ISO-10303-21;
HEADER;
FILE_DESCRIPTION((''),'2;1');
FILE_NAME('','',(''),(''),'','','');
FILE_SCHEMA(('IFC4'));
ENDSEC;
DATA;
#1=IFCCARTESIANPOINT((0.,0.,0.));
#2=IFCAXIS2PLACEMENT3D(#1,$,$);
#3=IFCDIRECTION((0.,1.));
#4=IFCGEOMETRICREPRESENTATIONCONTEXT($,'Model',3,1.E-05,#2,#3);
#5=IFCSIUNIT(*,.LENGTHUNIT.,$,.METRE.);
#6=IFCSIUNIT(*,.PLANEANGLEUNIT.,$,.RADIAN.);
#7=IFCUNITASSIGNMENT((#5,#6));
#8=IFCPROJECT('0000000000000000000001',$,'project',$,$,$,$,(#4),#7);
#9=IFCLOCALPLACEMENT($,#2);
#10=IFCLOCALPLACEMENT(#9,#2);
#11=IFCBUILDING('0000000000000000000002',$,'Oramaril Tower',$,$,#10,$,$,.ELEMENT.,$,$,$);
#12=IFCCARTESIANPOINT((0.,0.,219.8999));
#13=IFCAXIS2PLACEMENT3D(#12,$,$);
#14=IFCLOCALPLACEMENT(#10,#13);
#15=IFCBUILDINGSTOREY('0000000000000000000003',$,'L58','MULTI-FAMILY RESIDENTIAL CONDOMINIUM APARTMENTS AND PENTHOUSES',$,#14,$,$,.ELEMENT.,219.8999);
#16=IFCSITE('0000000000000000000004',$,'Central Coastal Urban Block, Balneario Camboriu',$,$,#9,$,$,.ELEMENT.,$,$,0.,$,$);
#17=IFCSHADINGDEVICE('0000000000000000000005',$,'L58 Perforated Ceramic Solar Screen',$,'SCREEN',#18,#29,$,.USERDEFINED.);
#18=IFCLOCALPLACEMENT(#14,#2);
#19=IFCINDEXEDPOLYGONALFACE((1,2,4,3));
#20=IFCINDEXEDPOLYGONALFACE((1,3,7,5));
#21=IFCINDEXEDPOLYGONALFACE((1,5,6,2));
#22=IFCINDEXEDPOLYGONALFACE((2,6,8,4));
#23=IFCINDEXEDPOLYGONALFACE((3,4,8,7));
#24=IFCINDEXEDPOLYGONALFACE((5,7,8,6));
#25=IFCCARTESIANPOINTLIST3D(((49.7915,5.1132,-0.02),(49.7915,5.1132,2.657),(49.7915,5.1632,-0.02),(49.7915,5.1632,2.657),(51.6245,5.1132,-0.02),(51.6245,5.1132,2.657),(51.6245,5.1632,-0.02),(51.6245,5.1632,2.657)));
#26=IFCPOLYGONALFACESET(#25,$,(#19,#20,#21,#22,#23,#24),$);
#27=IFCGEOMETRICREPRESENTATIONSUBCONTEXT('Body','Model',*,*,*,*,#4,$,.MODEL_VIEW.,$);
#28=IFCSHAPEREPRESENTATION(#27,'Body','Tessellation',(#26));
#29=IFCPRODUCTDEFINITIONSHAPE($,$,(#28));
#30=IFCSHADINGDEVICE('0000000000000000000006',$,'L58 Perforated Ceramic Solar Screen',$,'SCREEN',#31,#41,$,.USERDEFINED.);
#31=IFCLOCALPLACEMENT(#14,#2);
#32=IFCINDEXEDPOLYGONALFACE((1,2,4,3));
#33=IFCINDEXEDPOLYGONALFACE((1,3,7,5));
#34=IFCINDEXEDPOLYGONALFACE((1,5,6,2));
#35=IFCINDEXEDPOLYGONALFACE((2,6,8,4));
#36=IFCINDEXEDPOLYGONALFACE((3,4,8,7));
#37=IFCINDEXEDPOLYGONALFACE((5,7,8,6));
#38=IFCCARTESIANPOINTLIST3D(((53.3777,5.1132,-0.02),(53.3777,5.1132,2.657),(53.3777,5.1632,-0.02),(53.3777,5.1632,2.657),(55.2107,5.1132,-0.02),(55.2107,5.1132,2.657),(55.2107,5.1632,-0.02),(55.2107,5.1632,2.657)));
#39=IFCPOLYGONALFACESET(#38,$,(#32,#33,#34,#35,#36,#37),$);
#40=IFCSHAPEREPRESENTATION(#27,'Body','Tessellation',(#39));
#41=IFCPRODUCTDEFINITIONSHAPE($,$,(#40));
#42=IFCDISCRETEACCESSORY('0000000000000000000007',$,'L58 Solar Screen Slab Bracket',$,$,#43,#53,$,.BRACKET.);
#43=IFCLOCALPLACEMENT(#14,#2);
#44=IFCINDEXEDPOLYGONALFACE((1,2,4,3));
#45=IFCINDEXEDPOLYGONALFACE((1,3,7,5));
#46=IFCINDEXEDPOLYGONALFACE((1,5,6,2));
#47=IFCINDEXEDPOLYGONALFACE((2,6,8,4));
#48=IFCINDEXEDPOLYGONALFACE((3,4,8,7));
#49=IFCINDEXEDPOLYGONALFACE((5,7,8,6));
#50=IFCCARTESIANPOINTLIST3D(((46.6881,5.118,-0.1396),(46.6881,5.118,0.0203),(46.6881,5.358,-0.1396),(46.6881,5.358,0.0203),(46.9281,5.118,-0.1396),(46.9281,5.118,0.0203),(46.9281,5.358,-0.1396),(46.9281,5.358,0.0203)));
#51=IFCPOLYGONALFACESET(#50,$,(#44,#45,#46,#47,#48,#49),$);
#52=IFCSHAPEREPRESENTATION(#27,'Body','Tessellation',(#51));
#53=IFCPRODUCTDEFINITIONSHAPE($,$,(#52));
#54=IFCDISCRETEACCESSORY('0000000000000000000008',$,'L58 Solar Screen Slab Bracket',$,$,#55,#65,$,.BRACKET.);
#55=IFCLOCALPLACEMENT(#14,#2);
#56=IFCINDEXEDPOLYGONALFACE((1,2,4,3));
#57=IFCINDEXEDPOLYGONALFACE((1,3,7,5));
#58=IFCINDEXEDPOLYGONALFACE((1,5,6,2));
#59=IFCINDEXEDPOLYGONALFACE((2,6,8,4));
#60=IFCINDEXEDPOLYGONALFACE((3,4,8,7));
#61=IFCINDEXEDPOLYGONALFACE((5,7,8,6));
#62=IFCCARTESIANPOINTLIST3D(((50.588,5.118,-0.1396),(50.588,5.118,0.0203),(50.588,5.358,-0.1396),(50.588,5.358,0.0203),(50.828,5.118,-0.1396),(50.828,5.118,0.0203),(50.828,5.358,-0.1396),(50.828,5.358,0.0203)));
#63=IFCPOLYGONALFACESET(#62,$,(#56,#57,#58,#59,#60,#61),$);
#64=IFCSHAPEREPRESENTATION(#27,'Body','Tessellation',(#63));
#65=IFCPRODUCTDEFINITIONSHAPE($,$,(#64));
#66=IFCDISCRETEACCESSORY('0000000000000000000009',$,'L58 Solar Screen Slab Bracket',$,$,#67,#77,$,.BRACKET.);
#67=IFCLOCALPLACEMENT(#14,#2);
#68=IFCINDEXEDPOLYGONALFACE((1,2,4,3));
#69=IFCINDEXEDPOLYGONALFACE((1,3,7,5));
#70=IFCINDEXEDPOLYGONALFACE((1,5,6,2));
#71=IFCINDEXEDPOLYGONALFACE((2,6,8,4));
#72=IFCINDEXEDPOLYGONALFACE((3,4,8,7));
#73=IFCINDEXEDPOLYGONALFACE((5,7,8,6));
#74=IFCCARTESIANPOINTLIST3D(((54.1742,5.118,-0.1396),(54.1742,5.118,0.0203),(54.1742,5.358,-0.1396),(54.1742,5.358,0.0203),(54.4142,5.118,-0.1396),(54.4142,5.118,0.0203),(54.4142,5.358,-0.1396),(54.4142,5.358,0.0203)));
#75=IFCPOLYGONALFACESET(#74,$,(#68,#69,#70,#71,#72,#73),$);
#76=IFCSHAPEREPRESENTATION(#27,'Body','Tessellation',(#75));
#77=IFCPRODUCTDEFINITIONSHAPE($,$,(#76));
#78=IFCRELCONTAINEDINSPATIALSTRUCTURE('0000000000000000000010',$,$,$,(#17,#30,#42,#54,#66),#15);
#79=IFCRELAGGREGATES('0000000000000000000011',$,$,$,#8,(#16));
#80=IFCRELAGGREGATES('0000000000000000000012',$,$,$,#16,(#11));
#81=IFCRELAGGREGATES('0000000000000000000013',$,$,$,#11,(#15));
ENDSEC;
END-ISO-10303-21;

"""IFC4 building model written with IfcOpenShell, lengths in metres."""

from ifc_helpers import new_model, si_unit, direction, frame, origin, origin_2d, place, context, subcontext, project, spatial, rectangle, extrude, element, save


model = new_model("IFC4")

# Units and contexts
model_context = context("Model", 3, precision=1e-05, world=origin(), true_north=direction((0.0, 1.0)))
body_context = subcontext(model_context, "Body", "Model", "MODEL_VIEW")
ifc_project = project(units=[si_unit("LENGTHUNIT", "METRE"), si_unit("PLANEANGLEUNIT", "RADIAN")], contexts=[model_context])

# Site, building, storey
site_placement = place(None, origin())
site = spatial("IfcSite", under=ifc_project, at=site_placement, Name="Central Coastal Urban Block, Balneario Camboriu", CompositionType="ELEMENT", RefElevation=0.0)
building_placement = place(site_placement, origin())
building = spatial("IfcBuilding", under=site, at=building_placement, Name="Oramaril Tower", CompositionType="ELEMENT")
storey_placement = place(building_placement, frame((0.0, 0.0, 219.8999)))
storey = spatial("IfcBuildingStorey", under=building, at=storey_placement, Name="L58", Description="MULTI-FAMILY RESIDENTIAL CONDOMINIUM APARTMENTS AND PENTHOUSES", CompositionType="ELEMENT", Elevation=219.8999)

# Shading devices
for number, where, z_axis, x_axis, name in (
    (1, (50.708, 5.1382, -0.02), (0.0, 0.0, 1.0), (1.0, 0.0, 0.0), "L58 Perforated Ceramic Solar Screen"),
    (2, (54.2942, 5.1382, -0.02), (0.0, 0.0, 1.0), (1.0, 0.0, 0.0), "L58 Perforated Ceramic Solar Screen"),
):
    element("IfcShadingDevice", number, at=place(storey_placement, frame(where, z_axis=z_axis, x_axis=x_axis)), inside=storey, Name=name, ObjectType="SCREEN", PredefinedType="USERDEFINED", context=body_context, shape_type="SweptSolid", body=[
        extrude(rectangle(XDim=1.833, YDim=0.05, at=origin_2d()), origin(), (0.0, 0.0, 1.0), 2.677),
    ])

# Discrete accessories
for number, where, z_axis, x_axis, name in (
    (3, (46.8081, 5.238, -0.1396), (0.0, 0.0, 1.0), (1.0, 0.0, 0.0), "L58 Solar Screen Slab Bracket"),
    (4, (50.708, 5.238, -0.1396), (0.0, 0.0, 1.0), (1.0, 0.0, 0.0), "L58 Solar Screen Slab Bracket"),
    (5, (54.2942, 5.238, -0.1396), (0.0, 0.0, 1.0), (1.0, 0.0, 0.0), "L58 Solar Screen Slab Bracket"),
):
    element("IfcDiscreteAccessory", number, at=place(storey_placement, frame(where, z_axis=z_axis, x_axis=x_axis)), inside=storey, Name=name, PredefinedType="BRACKET", context=body_context, shape_type="SweptSolid", body=[
        extrude(rectangle(XDim=0.24, YDim=0.24, at=origin_2d()), origin(), (0.0, 0.0, 1.0), 0.1599),
    ])

save(model, "model.ifc")
